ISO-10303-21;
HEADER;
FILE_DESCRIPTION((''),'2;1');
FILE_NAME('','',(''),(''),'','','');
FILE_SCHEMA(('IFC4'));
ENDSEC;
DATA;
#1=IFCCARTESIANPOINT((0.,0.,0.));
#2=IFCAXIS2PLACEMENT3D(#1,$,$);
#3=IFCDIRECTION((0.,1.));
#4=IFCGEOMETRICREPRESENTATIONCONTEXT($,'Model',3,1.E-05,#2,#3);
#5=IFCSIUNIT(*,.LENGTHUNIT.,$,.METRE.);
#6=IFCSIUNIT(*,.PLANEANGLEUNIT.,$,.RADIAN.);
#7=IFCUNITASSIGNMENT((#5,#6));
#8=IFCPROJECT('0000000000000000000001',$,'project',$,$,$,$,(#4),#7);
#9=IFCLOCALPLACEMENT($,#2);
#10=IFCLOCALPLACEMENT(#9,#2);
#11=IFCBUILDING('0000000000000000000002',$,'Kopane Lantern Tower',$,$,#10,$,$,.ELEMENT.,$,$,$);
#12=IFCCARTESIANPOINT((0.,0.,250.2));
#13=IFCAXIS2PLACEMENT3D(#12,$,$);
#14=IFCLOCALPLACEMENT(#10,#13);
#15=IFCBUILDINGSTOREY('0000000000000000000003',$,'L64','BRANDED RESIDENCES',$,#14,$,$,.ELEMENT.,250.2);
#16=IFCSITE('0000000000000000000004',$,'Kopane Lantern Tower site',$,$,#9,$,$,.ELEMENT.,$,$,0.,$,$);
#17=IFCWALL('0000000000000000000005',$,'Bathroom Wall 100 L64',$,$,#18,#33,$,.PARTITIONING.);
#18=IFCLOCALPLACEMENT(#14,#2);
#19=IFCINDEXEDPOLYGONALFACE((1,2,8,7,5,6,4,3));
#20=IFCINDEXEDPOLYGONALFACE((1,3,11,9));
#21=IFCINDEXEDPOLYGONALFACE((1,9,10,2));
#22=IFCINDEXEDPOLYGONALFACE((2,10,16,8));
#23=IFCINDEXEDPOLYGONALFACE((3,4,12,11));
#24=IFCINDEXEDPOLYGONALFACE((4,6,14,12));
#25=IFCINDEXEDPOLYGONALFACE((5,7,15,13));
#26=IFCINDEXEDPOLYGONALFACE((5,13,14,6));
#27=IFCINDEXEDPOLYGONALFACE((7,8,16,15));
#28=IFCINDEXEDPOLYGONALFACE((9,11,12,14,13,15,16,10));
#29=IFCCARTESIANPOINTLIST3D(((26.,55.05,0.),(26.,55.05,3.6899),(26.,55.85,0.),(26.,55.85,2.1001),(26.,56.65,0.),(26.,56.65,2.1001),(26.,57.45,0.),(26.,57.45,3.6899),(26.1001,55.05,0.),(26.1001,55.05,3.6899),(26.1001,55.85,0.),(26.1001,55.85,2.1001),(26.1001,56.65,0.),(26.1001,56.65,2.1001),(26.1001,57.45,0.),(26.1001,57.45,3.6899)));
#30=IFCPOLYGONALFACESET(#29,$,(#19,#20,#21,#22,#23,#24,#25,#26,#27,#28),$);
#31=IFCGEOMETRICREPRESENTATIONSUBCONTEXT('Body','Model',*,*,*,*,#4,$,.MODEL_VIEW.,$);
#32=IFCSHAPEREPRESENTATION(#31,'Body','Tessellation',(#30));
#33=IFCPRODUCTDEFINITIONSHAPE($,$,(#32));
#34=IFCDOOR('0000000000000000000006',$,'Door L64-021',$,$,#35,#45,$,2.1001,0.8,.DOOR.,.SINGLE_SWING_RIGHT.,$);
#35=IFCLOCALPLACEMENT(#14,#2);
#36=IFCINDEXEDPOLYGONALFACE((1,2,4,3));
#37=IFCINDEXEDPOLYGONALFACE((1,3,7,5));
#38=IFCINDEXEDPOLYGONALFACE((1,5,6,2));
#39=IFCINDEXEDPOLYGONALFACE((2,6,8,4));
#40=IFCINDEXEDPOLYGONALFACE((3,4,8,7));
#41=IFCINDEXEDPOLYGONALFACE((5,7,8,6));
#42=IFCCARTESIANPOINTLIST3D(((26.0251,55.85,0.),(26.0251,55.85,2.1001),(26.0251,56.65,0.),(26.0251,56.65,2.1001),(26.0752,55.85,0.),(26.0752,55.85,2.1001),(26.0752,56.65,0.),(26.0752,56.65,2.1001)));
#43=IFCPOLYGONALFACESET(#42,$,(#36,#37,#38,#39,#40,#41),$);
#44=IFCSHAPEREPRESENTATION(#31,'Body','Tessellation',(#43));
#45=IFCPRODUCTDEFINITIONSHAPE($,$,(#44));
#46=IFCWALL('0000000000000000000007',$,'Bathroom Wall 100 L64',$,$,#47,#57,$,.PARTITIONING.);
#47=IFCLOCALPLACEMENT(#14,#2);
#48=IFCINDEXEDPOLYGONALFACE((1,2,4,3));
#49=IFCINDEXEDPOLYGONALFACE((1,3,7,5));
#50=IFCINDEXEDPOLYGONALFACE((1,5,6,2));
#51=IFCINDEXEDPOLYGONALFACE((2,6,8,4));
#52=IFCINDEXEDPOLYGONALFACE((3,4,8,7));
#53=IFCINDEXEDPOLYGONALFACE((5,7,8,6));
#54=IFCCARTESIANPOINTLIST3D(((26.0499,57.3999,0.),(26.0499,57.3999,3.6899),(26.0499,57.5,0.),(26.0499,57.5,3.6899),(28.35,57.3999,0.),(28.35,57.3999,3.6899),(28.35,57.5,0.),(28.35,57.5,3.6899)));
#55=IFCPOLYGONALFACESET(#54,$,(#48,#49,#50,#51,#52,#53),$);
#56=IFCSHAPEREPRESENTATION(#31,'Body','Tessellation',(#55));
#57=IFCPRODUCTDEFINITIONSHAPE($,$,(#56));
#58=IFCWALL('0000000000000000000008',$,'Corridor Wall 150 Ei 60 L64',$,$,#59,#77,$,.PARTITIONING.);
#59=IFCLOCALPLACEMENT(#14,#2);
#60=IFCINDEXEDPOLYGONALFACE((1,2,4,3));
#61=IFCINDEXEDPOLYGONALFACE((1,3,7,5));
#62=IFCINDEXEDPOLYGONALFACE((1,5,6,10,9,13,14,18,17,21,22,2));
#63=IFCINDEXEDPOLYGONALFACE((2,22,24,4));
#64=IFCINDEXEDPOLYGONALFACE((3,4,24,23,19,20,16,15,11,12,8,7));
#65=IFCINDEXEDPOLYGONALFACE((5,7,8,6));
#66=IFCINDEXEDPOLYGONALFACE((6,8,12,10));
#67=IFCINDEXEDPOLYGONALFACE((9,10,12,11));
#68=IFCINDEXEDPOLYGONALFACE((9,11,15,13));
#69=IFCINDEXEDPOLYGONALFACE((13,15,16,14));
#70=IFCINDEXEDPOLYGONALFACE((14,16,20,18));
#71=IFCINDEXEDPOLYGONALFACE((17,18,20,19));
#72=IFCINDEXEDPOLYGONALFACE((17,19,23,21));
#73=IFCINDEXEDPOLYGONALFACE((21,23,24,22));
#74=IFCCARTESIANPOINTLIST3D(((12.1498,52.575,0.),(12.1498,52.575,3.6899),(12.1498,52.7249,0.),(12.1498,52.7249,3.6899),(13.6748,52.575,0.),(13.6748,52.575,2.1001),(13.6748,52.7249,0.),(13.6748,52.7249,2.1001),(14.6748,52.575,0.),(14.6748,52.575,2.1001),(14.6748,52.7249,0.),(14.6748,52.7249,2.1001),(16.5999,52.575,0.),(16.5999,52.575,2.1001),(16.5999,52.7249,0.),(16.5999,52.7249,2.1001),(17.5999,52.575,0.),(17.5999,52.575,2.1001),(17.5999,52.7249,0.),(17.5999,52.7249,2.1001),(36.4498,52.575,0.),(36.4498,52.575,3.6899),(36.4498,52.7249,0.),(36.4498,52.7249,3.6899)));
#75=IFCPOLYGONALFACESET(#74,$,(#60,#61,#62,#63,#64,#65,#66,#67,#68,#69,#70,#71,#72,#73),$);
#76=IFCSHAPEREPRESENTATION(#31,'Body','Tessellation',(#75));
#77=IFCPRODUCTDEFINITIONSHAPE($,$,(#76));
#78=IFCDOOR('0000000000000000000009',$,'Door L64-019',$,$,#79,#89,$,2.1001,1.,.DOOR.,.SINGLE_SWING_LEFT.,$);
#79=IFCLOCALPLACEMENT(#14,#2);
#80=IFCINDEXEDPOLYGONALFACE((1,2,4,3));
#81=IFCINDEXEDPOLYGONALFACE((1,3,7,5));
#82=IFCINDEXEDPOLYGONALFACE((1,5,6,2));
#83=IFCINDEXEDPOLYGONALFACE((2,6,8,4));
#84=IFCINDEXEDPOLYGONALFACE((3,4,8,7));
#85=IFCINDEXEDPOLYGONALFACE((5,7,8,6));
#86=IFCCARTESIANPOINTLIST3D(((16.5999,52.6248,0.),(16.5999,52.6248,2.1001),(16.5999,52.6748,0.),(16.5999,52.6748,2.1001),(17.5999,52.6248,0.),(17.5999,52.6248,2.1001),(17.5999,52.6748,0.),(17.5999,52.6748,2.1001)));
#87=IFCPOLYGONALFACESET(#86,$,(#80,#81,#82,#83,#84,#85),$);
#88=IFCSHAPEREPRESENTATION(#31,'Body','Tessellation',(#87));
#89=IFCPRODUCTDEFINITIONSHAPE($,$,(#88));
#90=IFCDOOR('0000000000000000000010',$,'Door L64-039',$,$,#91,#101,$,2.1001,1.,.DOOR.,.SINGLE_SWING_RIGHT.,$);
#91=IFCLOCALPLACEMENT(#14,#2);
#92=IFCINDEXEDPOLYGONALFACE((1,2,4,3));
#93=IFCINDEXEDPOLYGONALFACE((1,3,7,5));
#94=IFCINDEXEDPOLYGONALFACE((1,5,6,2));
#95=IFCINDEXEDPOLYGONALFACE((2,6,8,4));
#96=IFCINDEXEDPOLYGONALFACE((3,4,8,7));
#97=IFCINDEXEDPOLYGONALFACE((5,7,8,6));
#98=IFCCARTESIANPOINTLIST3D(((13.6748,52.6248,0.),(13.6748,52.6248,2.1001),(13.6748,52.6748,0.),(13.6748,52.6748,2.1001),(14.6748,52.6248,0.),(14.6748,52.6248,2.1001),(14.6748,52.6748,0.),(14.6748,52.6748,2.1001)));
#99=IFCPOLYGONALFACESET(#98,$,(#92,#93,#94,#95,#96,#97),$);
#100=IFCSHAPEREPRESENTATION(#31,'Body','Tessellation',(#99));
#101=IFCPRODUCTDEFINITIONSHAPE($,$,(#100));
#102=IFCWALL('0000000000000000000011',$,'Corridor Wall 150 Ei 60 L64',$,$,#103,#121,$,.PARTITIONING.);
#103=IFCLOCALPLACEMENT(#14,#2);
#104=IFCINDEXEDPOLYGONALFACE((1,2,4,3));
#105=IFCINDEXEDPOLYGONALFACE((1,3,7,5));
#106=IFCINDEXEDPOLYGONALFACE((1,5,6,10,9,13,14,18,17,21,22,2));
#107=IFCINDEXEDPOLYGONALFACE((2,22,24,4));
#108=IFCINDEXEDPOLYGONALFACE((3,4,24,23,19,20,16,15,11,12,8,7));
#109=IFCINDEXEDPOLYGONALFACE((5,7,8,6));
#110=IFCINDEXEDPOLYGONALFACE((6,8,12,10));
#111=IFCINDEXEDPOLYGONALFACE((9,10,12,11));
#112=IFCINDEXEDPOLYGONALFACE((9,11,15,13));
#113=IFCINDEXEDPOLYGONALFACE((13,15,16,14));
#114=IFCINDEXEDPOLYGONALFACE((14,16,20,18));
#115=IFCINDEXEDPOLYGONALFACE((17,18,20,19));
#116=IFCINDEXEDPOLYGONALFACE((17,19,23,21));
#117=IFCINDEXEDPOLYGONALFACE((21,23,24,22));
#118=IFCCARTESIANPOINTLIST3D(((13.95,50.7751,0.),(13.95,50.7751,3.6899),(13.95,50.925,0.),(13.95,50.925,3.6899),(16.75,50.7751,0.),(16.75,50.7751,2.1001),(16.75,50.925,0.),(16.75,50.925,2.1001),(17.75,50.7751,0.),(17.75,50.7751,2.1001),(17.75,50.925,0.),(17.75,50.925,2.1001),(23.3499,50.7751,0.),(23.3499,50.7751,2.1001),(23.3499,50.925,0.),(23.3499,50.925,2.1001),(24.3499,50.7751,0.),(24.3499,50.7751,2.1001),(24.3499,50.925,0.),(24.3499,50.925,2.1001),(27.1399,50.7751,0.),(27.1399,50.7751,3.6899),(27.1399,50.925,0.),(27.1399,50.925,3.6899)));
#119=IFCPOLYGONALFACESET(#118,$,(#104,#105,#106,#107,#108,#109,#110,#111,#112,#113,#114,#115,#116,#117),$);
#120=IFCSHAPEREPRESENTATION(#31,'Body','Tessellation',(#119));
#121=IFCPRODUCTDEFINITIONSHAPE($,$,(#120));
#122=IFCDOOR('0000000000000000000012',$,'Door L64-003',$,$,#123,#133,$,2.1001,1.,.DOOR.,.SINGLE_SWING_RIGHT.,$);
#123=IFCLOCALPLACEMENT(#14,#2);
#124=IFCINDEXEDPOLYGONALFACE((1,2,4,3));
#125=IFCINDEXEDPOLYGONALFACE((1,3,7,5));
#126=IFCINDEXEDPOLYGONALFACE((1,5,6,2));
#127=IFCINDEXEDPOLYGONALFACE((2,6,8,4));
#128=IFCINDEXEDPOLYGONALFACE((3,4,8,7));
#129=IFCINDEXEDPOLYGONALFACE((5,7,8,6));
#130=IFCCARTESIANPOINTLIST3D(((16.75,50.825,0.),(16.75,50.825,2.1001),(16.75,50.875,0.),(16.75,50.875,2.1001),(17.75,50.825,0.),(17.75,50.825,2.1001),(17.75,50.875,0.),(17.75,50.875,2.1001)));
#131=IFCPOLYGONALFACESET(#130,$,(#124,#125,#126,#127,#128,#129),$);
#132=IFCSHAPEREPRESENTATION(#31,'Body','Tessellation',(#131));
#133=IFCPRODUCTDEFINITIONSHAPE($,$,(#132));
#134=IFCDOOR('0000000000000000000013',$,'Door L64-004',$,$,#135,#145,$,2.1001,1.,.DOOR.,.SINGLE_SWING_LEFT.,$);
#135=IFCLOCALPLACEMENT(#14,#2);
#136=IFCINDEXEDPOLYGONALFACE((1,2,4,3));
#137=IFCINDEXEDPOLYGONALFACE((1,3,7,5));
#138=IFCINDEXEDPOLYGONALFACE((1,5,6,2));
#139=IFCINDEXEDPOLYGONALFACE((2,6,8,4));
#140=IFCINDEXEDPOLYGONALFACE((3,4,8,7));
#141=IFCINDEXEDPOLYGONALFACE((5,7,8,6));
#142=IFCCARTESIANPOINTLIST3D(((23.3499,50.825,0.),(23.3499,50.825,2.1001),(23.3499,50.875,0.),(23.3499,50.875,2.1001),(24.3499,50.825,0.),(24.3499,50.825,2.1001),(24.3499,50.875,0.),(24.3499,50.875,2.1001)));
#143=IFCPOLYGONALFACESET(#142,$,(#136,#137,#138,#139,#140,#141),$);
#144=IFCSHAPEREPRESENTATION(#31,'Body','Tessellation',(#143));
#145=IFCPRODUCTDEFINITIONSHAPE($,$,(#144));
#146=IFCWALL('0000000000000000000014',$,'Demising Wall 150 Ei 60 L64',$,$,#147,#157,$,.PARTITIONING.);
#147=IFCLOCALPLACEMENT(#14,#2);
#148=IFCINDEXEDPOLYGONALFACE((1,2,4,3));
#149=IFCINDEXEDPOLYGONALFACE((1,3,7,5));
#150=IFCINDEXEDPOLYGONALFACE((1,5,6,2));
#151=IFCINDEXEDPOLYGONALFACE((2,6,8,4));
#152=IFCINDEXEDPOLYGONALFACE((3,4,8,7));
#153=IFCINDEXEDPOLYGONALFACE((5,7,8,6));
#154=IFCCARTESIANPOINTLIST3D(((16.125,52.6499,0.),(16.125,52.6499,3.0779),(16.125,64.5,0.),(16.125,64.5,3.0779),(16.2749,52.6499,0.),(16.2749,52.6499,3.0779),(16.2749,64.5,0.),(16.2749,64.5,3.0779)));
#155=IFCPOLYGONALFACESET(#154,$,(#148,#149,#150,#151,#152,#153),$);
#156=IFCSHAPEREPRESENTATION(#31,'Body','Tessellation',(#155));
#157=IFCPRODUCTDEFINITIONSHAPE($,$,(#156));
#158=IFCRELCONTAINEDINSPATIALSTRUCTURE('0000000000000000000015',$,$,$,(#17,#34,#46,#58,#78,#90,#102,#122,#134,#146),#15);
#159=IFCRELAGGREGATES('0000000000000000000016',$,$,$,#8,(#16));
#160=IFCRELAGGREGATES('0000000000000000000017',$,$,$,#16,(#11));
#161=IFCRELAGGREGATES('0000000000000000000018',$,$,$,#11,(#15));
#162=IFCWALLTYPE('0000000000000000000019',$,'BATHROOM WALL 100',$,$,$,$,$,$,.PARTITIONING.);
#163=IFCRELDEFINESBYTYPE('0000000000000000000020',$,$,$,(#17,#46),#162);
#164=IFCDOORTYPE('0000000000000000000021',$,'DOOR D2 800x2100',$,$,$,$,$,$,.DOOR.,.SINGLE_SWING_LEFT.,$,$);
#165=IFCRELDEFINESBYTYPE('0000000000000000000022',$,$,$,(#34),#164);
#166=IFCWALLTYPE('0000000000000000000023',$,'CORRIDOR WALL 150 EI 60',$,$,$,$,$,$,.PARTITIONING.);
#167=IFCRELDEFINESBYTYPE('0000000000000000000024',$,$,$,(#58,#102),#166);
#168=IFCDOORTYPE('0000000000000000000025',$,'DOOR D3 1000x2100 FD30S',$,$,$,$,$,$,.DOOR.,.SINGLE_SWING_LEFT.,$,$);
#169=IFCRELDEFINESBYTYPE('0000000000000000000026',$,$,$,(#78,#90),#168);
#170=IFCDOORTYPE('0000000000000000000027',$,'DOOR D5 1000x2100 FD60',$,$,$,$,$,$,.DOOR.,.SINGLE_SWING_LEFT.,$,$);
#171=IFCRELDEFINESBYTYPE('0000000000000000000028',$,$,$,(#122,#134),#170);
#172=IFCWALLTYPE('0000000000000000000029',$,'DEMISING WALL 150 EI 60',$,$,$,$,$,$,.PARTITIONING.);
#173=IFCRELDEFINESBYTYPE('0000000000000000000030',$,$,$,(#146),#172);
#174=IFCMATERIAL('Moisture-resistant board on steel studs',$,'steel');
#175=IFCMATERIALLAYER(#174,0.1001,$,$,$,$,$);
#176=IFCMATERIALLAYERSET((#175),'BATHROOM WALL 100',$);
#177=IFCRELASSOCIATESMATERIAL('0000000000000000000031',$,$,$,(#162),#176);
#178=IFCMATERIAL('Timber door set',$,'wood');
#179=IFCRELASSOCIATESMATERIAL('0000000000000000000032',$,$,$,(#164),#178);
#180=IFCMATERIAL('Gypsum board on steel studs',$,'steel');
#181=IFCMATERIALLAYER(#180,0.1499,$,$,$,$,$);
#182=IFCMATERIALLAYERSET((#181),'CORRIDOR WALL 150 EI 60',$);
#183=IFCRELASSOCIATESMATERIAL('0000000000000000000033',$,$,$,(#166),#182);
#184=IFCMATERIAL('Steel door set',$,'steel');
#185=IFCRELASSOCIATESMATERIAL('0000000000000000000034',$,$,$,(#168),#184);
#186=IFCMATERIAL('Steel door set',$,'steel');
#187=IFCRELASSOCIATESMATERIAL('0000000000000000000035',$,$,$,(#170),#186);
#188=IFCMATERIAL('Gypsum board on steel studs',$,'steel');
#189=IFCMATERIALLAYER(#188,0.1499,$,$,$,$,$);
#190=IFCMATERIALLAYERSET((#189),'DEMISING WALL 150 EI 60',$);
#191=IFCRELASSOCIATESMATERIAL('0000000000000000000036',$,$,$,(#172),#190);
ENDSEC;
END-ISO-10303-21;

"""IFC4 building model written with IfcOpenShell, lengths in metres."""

from ifc_helpers import new_model, si_unit, direction, frame, frame_2d, origin, place, context, subcontext, project, spatial, rectangle, extrude, material, layer, layer_set, type_object, element, fill, save


model = new_model("IFC4")

# Units and contexts
model_context = context("Model", 3, precision=1e-05, world=origin(), true_north=direction((0.0, 1.0)))
body_context = subcontext(model_context, "Body", "Model", "MODEL_VIEW")
ifc_project = project(units=[si_unit("LENGTHUNIT", "METRE"), si_unit("PLANEANGLEUNIT", "RADIAN")], contexts=[model_context])

# Site, building, storey
site_placement = place(None, origin())
site = spatial("IfcSite", under=ifc_project, at=site_placement, Name="Kopane Lantern Tower site", CompositionType="ELEMENT", RefElevation=0.0)
building_placement = place(site_placement, origin())
building = spatial("IfcBuilding", under=site, at=building_placement, Name="Kopane Lantern Tower", CompositionType="ELEMENT")
storey_placement = place(building_placement, frame((0.0, 0.0, 250.2)))
storey = spatial("IfcBuildingStorey", under=building, at=storey_placement, Name="L64", Description="BRANDED RESIDENCES", CompositionType="ELEMENT", Elevation=250.2)

# Wall, opening, door
ifc_material_1 = material(Name="Moisture-resistant board on steel studs", Category="steel")
ifc_layer_1 = layer(ifc_material_1, 0.1001)
ifc_layer_set_1 = layer_set([ifc_layer_1], Name="BATHROOM WALL 100")
wall_type_1 = type_object("IfcWallType", Name="BATHROOM WALL 100", PredefinedType="PARTITIONING", material=ifc_layer_set_1)
wall_1_placement = place(storey_placement, frame((26.05, 55.05, 0.0), z_axis=(0.0, 0.0, 1.0), x_axis=(0.0, 1.0, 0.0)))
wall_1 = element("IfcWall", 1, at=wall_1_placement, inside=storey, type_object=wall_type_1, Name="Bathroom Wall 100 L64", PredefinedType="PARTITIONING", context=body_context, shape_type="SweptSolid", body=[
    extrude(rectangle(XDim=2.3999, YDim=0.1001, at=frame_2d((1.2, 0.0))), origin(), (0.0, 0.0, 1.0), 3.6899),
])
opening_1_placement = place(wall_1_placement, frame((0.8, 0.0, 0.0)))
opening_1 = element("IfcOpeningElement", 2, at=opening_1_placement, cuts=wall_1, PredefinedType="OPENING", context=body_context, shape_type="SweptSolid", body=[
    extrude(rectangle(XDim=0.8, YDim=2.1001, at=frame_2d((0.3999, 1.05))), frame((0.0, 0.0601, 0.0), z_axis=(0.0, -1.0, 0.0), x_axis=(1.0, 0.0, 0.0)), (0.0, 0.0, 1.0), 0.1201),
])
ifc_material_2 = material(Name="Timber door set", Category="wood")
door_type_1 = type_object("IfcDoorType", Name="DOOR D2 800x2100", OperationType="SINGLE_SWING_LEFT", PredefinedType="DOOR", material=ifc_material_2)
door_1_placement = place(opening_1_placement, origin())
door_1 = element("IfcDoor", 3, at=door_1_placement, inside=storey, type_object=door_type_1, Name="Door L64-021", OperationType="SINGLE_SWING_RIGHT", OverallHeight=2.1001, OverallWidth=0.8, PredefinedType="DOOR", context=body_context, shape_type="SweptSolid", body=[
    extrude(rectangle(XDim=0.8, YDim=2.1001, at=frame_2d((0.3999, 1.05))), frame((0.0, 0.0249, 0.0), z_axis=(0.0, -1.0, 0.0), x_axis=(1.0, 0.0, 0.0)), (0.0, 0.0, 1.0), 0.05),
])
fill(opening_1, door_1)

# Wall
wall_2_placement = place(storey_placement, frame((26.05, 57.45, 0.0), z_axis=(0.0, 0.0, 1.0), x_axis=(1.0, 0.0, 0.0)))
element("IfcWall", 4, at=wall_2_placement, inside=storey, type_object=wall_type_1, Name="Bathroom Wall 100 L64", PredefinedType="PARTITIONING", context=body_context, shape_type="SweptSolid", body=[
    extrude(rectangle(XDim=2.3, YDim=0.1001, at=frame_2d((1.1499, 0.0))), origin(), (0.0, 0.0, 1.0), 3.6899),
])

# Walls, openings, doors
ifc_material_3 = material(Name="Gypsum board on steel studs", Category="steel")
ifc_layer_2 = layer(ifc_material_3, 0.1499)
ifc_layer_set_2 = layer_set([ifc_layer_2], Name="CORRIDOR WALL 150 EI 60")
wall_type_2 = type_object("IfcWallType", Name="CORRIDOR WALL 150 EI 60", PredefinedType="PARTITIONING", material=ifc_layer_set_2)
wall_3_placement = place(storey_placement, frame((12.1499, 52.6499, 0.0), z_axis=(0.0, 0.0, 1.0), x_axis=(1.0, 0.0, 0.0)))
wall_3 = element("IfcWall", 5, at=wall_3_placement, inside=storey, type_object=wall_type_2, Name="Corridor Wall 150 Ei 60 L64", PredefinedType="PARTITIONING", context=body_context, shape_type="SweptSolid", body=[
    extrude(rectangle(XDim=24.3, YDim=0.1499, at=frame_2d((12.1499, 0.0))), origin(), (0.0, 0.0, 1.0), 3.6899),
])
opening_2_placement = place(wall_3_placement, frame((4.45, 0.0, 0.0)))
opening_2 = element("IfcOpeningElement", 6, at=opening_2_placement, cuts=wall_3, PredefinedType="OPENING", context=body_context, shape_type="SweptSolid", body=[
    extrude(rectangle(XDim=1.0, YDim=2.1001, at=frame_2d((0.5, 1.05))), frame((0.0, 0.085, 0.0), z_axis=(0.0, -1.0, 0.0), x_axis=(1.0, 0.0, 0.0)), (0.0, 0.0, 1.0), 0.1699),
])
opening_3_placement = place(wall_3_placement, frame((1.5249, 0.0, 0.0)))
opening_3 = element("IfcOpeningElement", 7, at=opening_3_placement, cuts=wall_3, PredefinedType="OPENING", context=body_context, shape_type="SweptSolid", body=[
    extrude(rectangle(XDim=1.0, YDim=2.1001, at=frame_2d((0.5, 1.05))), frame((0.0, 0.085, 0.0), z_axis=(0.0, -1.0, 0.0), x_axis=(1.0, 0.0, 0.0)), (0.0, 0.0, 1.0), 0.1699),
])
ifc_material_4 = material(Name="Steel door set", Category="steel")
door_type_2 = type_object("IfcDoorType", Name="DOOR D3 1000x2100 FD30S", OperationType="SINGLE_SWING_LEFT", PredefinedType="DOOR", material=ifc_material_4)
door_2_placement = place(opening_2_placement, origin())
door_2 = element("IfcDoor", 8, at=door_2_placement, inside=storey, type_object=door_type_2, Name="Door L64-019", OperationType="SINGLE_SWING_LEFT", OverallHeight=2.1001, OverallWidth=1.0, PredefinedType="DOOR", context=body_context, shape_type="SweptSolid", body=[
    extrude(rectangle(XDim=1.0, YDim=2.1001, at=frame_2d((0.5, 1.05))), frame((0.0, 0.0249, 0.0), z_axis=(0.0, -1.0, 0.0), x_axis=(1.0, 0.0, 0.0)), (0.0, 0.0, 1.0), 0.05),
])
fill(opening_2, door_2)
door_3_placement = place(opening_3_placement, origin())
door_3 = element("IfcDoor", 9, at=door_3_placement, inside=storey, type_object=door_type_2, Name="Door L64-039", OperationType="SINGLE_SWING_RIGHT", OverallHeight=2.1001, OverallWidth=1.0, PredefinedType="DOOR", context=body_context, shape_type="SweptSolid", body=[
    extrude(rectangle(XDim=1.0, YDim=2.1001, at=frame_2d((0.5, 1.05))), frame((0.0, 0.0249, 0.0), z_axis=(0.0, -1.0, 0.0), x_axis=(1.0, 0.0, 0.0)), (0.0, 0.0, 1.0), 0.05),
])
fill(opening_3, door_3)
wall_4_placement = place(storey_placement, frame((13.95, 50.8501, 0.0), z_axis=(0.0, 0.0, 1.0), x_axis=(1.0, 0.0, 0.0)))
wall_4 = element("IfcWall", 10, at=wall_4_placement, inside=storey, type_object=wall_type_2, Name="Corridor Wall 150 Ei 60 L64", PredefinedType="PARTITIONING", context=body_context, shape_type="SweptSolid", body=[
    extrude(rectangle(XDim=13.1899, YDim=0.1499, at=frame_2d((6.595, 0.0))), origin(), (0.0, 0.0, 1.0), 3.6899),
])
opening_4_placement = place(wall_4_placement, frame((2.8, 0.0, 0.0)))
opening_4 = element("IfcOpeningElement", 11, at=opening_4_placement, cuts=wall_4, PredefinedType="OPENING", context=body_context, shape_type="SweptSolid", body=[
    extrude(rectangle(XDim=1.0, YDim=2.1001, at=frame_2d((0.5, 1.05))), frame((0.0, 0.085, 0.0), z_axis=(0.0, -1.0, 0.0), x_axis=(1.0, 0.0, 0.0)), (0.0, 0.0, 1.0), 0.1699),
])
opening_5_placement = place(wall_4_placement, frame((9.3999, 0.0, 0.0)))
opening_5 = element("IfcOpeningElement", 12, at=opening_5_placement, cuts=wall_4, PredefinedType="OPENING", context=body_context, shape_type="SweptSolid", body=[
    extrude(rectangle(XDim=1.0, YDim=2.1001, at=frame_2d((0.5, 1.05))), frame((0.0, 0.085, 0.0), z_axis=(0.0, -1.0, 0.0), x_axis=(1.0, 0.0, 0.0)), (0.0, 0.0, 1.0), 0.1699),
])
ifc_material_5 = material(Name="Steel door set", Category="steel")
door_type_3 = type_object("IfcDoorType", Name="DOOR D5 1000x2100 FD60", OperationType="SINGLE_SWING_LEFT", PredefinedType="DOOR", material=ifc_material_5)
door_4_placement = place(opening_4_placement, origin())
door_4 = element("IfcDoor", 13, at=door_4_placement, inside=storey, type_object=door_type_3, Name="Door L64-003", OperationType="SINGLE_SWING_RIGHT", OverallHeight=2.1001, OverallWidth=1.0, PredefinedType="DOOR", context=body_context, shape_type="SweptSolid", body=[
    extrude(rectangle(XDim=1.0, YDim=2.1001, at=frame_2d((0.5, 1.05))), frame((0.0, 0.0249, 0.0), z_axis=(0.0, -1.0, 0.0), x_axis=(1.0, 0.0, 0.0)), (0.0, 0.0, 1.0), 0.05),
])
fill(opening_4, door_4)
door_5_placement = place(opening_5_placement, origin())
door_5 = element("IfcDoor", 14, at=door_5_placement, inside=storey, type_object=door_type_3, Name="Door L64-004", OperationType="SINGLE_SWING_LEFT", OverallHeight=2.1001, OverallWidth=1.0, PredefinedType="DOOR", context=body_context, shape_type="SweptSolid", body=[
    extrude(rectangle(XDim=1.0, YDim=2.1001, at=frame_2d((0.5, 1.05))), frame((0.0, 0.0249, 0.0), z_axis=(0.0, -1.0, 0.0), x_axis=(1.0, 0.0, 0.0)), (0.0, 0.0, 1.0), 0.05),
])
fill(opening_5, door_5)

# Wall
ifc_material_6 = material(Name="Gypsum board on steel studs", Category="steel")
ifc_layer_3 = layer(ifc_material_6, 0.1499)
ifc_layer_set_3 = layer_set([ifc_layer_3], Name="DEMISING WALL 150 EI 60")
wall_type_3 = type_object("IfcWallType", Name="DEMISING WALL 150 EI 60", PredefinedType="PARTITIONING", material=ifc_layer_set_3)
wall_5_placement = place(storey_placement, frame((16.2, 52.6499, 0.0), z_axis=(0.0, 0.0, 1.0), x_axis=(0.0, 1.0, 0.0)))
element("IfcWall", 15, at=wall_5_placement, inside=storey, type_object=wall_type_3, Name="Demising Wall 150 Ei 60 L64", PredefinedType="PARTITIONING", context=body_context, shape_type="SweptSolid", body=[
    extrude(rectangle(XDim=11.8501, YDim=0.1499, at=frame_2d((5.925, 0.0))), origin(), (0.0, 0.0, 1.0), 3.0779),
])

save(model, "model.ifc")
